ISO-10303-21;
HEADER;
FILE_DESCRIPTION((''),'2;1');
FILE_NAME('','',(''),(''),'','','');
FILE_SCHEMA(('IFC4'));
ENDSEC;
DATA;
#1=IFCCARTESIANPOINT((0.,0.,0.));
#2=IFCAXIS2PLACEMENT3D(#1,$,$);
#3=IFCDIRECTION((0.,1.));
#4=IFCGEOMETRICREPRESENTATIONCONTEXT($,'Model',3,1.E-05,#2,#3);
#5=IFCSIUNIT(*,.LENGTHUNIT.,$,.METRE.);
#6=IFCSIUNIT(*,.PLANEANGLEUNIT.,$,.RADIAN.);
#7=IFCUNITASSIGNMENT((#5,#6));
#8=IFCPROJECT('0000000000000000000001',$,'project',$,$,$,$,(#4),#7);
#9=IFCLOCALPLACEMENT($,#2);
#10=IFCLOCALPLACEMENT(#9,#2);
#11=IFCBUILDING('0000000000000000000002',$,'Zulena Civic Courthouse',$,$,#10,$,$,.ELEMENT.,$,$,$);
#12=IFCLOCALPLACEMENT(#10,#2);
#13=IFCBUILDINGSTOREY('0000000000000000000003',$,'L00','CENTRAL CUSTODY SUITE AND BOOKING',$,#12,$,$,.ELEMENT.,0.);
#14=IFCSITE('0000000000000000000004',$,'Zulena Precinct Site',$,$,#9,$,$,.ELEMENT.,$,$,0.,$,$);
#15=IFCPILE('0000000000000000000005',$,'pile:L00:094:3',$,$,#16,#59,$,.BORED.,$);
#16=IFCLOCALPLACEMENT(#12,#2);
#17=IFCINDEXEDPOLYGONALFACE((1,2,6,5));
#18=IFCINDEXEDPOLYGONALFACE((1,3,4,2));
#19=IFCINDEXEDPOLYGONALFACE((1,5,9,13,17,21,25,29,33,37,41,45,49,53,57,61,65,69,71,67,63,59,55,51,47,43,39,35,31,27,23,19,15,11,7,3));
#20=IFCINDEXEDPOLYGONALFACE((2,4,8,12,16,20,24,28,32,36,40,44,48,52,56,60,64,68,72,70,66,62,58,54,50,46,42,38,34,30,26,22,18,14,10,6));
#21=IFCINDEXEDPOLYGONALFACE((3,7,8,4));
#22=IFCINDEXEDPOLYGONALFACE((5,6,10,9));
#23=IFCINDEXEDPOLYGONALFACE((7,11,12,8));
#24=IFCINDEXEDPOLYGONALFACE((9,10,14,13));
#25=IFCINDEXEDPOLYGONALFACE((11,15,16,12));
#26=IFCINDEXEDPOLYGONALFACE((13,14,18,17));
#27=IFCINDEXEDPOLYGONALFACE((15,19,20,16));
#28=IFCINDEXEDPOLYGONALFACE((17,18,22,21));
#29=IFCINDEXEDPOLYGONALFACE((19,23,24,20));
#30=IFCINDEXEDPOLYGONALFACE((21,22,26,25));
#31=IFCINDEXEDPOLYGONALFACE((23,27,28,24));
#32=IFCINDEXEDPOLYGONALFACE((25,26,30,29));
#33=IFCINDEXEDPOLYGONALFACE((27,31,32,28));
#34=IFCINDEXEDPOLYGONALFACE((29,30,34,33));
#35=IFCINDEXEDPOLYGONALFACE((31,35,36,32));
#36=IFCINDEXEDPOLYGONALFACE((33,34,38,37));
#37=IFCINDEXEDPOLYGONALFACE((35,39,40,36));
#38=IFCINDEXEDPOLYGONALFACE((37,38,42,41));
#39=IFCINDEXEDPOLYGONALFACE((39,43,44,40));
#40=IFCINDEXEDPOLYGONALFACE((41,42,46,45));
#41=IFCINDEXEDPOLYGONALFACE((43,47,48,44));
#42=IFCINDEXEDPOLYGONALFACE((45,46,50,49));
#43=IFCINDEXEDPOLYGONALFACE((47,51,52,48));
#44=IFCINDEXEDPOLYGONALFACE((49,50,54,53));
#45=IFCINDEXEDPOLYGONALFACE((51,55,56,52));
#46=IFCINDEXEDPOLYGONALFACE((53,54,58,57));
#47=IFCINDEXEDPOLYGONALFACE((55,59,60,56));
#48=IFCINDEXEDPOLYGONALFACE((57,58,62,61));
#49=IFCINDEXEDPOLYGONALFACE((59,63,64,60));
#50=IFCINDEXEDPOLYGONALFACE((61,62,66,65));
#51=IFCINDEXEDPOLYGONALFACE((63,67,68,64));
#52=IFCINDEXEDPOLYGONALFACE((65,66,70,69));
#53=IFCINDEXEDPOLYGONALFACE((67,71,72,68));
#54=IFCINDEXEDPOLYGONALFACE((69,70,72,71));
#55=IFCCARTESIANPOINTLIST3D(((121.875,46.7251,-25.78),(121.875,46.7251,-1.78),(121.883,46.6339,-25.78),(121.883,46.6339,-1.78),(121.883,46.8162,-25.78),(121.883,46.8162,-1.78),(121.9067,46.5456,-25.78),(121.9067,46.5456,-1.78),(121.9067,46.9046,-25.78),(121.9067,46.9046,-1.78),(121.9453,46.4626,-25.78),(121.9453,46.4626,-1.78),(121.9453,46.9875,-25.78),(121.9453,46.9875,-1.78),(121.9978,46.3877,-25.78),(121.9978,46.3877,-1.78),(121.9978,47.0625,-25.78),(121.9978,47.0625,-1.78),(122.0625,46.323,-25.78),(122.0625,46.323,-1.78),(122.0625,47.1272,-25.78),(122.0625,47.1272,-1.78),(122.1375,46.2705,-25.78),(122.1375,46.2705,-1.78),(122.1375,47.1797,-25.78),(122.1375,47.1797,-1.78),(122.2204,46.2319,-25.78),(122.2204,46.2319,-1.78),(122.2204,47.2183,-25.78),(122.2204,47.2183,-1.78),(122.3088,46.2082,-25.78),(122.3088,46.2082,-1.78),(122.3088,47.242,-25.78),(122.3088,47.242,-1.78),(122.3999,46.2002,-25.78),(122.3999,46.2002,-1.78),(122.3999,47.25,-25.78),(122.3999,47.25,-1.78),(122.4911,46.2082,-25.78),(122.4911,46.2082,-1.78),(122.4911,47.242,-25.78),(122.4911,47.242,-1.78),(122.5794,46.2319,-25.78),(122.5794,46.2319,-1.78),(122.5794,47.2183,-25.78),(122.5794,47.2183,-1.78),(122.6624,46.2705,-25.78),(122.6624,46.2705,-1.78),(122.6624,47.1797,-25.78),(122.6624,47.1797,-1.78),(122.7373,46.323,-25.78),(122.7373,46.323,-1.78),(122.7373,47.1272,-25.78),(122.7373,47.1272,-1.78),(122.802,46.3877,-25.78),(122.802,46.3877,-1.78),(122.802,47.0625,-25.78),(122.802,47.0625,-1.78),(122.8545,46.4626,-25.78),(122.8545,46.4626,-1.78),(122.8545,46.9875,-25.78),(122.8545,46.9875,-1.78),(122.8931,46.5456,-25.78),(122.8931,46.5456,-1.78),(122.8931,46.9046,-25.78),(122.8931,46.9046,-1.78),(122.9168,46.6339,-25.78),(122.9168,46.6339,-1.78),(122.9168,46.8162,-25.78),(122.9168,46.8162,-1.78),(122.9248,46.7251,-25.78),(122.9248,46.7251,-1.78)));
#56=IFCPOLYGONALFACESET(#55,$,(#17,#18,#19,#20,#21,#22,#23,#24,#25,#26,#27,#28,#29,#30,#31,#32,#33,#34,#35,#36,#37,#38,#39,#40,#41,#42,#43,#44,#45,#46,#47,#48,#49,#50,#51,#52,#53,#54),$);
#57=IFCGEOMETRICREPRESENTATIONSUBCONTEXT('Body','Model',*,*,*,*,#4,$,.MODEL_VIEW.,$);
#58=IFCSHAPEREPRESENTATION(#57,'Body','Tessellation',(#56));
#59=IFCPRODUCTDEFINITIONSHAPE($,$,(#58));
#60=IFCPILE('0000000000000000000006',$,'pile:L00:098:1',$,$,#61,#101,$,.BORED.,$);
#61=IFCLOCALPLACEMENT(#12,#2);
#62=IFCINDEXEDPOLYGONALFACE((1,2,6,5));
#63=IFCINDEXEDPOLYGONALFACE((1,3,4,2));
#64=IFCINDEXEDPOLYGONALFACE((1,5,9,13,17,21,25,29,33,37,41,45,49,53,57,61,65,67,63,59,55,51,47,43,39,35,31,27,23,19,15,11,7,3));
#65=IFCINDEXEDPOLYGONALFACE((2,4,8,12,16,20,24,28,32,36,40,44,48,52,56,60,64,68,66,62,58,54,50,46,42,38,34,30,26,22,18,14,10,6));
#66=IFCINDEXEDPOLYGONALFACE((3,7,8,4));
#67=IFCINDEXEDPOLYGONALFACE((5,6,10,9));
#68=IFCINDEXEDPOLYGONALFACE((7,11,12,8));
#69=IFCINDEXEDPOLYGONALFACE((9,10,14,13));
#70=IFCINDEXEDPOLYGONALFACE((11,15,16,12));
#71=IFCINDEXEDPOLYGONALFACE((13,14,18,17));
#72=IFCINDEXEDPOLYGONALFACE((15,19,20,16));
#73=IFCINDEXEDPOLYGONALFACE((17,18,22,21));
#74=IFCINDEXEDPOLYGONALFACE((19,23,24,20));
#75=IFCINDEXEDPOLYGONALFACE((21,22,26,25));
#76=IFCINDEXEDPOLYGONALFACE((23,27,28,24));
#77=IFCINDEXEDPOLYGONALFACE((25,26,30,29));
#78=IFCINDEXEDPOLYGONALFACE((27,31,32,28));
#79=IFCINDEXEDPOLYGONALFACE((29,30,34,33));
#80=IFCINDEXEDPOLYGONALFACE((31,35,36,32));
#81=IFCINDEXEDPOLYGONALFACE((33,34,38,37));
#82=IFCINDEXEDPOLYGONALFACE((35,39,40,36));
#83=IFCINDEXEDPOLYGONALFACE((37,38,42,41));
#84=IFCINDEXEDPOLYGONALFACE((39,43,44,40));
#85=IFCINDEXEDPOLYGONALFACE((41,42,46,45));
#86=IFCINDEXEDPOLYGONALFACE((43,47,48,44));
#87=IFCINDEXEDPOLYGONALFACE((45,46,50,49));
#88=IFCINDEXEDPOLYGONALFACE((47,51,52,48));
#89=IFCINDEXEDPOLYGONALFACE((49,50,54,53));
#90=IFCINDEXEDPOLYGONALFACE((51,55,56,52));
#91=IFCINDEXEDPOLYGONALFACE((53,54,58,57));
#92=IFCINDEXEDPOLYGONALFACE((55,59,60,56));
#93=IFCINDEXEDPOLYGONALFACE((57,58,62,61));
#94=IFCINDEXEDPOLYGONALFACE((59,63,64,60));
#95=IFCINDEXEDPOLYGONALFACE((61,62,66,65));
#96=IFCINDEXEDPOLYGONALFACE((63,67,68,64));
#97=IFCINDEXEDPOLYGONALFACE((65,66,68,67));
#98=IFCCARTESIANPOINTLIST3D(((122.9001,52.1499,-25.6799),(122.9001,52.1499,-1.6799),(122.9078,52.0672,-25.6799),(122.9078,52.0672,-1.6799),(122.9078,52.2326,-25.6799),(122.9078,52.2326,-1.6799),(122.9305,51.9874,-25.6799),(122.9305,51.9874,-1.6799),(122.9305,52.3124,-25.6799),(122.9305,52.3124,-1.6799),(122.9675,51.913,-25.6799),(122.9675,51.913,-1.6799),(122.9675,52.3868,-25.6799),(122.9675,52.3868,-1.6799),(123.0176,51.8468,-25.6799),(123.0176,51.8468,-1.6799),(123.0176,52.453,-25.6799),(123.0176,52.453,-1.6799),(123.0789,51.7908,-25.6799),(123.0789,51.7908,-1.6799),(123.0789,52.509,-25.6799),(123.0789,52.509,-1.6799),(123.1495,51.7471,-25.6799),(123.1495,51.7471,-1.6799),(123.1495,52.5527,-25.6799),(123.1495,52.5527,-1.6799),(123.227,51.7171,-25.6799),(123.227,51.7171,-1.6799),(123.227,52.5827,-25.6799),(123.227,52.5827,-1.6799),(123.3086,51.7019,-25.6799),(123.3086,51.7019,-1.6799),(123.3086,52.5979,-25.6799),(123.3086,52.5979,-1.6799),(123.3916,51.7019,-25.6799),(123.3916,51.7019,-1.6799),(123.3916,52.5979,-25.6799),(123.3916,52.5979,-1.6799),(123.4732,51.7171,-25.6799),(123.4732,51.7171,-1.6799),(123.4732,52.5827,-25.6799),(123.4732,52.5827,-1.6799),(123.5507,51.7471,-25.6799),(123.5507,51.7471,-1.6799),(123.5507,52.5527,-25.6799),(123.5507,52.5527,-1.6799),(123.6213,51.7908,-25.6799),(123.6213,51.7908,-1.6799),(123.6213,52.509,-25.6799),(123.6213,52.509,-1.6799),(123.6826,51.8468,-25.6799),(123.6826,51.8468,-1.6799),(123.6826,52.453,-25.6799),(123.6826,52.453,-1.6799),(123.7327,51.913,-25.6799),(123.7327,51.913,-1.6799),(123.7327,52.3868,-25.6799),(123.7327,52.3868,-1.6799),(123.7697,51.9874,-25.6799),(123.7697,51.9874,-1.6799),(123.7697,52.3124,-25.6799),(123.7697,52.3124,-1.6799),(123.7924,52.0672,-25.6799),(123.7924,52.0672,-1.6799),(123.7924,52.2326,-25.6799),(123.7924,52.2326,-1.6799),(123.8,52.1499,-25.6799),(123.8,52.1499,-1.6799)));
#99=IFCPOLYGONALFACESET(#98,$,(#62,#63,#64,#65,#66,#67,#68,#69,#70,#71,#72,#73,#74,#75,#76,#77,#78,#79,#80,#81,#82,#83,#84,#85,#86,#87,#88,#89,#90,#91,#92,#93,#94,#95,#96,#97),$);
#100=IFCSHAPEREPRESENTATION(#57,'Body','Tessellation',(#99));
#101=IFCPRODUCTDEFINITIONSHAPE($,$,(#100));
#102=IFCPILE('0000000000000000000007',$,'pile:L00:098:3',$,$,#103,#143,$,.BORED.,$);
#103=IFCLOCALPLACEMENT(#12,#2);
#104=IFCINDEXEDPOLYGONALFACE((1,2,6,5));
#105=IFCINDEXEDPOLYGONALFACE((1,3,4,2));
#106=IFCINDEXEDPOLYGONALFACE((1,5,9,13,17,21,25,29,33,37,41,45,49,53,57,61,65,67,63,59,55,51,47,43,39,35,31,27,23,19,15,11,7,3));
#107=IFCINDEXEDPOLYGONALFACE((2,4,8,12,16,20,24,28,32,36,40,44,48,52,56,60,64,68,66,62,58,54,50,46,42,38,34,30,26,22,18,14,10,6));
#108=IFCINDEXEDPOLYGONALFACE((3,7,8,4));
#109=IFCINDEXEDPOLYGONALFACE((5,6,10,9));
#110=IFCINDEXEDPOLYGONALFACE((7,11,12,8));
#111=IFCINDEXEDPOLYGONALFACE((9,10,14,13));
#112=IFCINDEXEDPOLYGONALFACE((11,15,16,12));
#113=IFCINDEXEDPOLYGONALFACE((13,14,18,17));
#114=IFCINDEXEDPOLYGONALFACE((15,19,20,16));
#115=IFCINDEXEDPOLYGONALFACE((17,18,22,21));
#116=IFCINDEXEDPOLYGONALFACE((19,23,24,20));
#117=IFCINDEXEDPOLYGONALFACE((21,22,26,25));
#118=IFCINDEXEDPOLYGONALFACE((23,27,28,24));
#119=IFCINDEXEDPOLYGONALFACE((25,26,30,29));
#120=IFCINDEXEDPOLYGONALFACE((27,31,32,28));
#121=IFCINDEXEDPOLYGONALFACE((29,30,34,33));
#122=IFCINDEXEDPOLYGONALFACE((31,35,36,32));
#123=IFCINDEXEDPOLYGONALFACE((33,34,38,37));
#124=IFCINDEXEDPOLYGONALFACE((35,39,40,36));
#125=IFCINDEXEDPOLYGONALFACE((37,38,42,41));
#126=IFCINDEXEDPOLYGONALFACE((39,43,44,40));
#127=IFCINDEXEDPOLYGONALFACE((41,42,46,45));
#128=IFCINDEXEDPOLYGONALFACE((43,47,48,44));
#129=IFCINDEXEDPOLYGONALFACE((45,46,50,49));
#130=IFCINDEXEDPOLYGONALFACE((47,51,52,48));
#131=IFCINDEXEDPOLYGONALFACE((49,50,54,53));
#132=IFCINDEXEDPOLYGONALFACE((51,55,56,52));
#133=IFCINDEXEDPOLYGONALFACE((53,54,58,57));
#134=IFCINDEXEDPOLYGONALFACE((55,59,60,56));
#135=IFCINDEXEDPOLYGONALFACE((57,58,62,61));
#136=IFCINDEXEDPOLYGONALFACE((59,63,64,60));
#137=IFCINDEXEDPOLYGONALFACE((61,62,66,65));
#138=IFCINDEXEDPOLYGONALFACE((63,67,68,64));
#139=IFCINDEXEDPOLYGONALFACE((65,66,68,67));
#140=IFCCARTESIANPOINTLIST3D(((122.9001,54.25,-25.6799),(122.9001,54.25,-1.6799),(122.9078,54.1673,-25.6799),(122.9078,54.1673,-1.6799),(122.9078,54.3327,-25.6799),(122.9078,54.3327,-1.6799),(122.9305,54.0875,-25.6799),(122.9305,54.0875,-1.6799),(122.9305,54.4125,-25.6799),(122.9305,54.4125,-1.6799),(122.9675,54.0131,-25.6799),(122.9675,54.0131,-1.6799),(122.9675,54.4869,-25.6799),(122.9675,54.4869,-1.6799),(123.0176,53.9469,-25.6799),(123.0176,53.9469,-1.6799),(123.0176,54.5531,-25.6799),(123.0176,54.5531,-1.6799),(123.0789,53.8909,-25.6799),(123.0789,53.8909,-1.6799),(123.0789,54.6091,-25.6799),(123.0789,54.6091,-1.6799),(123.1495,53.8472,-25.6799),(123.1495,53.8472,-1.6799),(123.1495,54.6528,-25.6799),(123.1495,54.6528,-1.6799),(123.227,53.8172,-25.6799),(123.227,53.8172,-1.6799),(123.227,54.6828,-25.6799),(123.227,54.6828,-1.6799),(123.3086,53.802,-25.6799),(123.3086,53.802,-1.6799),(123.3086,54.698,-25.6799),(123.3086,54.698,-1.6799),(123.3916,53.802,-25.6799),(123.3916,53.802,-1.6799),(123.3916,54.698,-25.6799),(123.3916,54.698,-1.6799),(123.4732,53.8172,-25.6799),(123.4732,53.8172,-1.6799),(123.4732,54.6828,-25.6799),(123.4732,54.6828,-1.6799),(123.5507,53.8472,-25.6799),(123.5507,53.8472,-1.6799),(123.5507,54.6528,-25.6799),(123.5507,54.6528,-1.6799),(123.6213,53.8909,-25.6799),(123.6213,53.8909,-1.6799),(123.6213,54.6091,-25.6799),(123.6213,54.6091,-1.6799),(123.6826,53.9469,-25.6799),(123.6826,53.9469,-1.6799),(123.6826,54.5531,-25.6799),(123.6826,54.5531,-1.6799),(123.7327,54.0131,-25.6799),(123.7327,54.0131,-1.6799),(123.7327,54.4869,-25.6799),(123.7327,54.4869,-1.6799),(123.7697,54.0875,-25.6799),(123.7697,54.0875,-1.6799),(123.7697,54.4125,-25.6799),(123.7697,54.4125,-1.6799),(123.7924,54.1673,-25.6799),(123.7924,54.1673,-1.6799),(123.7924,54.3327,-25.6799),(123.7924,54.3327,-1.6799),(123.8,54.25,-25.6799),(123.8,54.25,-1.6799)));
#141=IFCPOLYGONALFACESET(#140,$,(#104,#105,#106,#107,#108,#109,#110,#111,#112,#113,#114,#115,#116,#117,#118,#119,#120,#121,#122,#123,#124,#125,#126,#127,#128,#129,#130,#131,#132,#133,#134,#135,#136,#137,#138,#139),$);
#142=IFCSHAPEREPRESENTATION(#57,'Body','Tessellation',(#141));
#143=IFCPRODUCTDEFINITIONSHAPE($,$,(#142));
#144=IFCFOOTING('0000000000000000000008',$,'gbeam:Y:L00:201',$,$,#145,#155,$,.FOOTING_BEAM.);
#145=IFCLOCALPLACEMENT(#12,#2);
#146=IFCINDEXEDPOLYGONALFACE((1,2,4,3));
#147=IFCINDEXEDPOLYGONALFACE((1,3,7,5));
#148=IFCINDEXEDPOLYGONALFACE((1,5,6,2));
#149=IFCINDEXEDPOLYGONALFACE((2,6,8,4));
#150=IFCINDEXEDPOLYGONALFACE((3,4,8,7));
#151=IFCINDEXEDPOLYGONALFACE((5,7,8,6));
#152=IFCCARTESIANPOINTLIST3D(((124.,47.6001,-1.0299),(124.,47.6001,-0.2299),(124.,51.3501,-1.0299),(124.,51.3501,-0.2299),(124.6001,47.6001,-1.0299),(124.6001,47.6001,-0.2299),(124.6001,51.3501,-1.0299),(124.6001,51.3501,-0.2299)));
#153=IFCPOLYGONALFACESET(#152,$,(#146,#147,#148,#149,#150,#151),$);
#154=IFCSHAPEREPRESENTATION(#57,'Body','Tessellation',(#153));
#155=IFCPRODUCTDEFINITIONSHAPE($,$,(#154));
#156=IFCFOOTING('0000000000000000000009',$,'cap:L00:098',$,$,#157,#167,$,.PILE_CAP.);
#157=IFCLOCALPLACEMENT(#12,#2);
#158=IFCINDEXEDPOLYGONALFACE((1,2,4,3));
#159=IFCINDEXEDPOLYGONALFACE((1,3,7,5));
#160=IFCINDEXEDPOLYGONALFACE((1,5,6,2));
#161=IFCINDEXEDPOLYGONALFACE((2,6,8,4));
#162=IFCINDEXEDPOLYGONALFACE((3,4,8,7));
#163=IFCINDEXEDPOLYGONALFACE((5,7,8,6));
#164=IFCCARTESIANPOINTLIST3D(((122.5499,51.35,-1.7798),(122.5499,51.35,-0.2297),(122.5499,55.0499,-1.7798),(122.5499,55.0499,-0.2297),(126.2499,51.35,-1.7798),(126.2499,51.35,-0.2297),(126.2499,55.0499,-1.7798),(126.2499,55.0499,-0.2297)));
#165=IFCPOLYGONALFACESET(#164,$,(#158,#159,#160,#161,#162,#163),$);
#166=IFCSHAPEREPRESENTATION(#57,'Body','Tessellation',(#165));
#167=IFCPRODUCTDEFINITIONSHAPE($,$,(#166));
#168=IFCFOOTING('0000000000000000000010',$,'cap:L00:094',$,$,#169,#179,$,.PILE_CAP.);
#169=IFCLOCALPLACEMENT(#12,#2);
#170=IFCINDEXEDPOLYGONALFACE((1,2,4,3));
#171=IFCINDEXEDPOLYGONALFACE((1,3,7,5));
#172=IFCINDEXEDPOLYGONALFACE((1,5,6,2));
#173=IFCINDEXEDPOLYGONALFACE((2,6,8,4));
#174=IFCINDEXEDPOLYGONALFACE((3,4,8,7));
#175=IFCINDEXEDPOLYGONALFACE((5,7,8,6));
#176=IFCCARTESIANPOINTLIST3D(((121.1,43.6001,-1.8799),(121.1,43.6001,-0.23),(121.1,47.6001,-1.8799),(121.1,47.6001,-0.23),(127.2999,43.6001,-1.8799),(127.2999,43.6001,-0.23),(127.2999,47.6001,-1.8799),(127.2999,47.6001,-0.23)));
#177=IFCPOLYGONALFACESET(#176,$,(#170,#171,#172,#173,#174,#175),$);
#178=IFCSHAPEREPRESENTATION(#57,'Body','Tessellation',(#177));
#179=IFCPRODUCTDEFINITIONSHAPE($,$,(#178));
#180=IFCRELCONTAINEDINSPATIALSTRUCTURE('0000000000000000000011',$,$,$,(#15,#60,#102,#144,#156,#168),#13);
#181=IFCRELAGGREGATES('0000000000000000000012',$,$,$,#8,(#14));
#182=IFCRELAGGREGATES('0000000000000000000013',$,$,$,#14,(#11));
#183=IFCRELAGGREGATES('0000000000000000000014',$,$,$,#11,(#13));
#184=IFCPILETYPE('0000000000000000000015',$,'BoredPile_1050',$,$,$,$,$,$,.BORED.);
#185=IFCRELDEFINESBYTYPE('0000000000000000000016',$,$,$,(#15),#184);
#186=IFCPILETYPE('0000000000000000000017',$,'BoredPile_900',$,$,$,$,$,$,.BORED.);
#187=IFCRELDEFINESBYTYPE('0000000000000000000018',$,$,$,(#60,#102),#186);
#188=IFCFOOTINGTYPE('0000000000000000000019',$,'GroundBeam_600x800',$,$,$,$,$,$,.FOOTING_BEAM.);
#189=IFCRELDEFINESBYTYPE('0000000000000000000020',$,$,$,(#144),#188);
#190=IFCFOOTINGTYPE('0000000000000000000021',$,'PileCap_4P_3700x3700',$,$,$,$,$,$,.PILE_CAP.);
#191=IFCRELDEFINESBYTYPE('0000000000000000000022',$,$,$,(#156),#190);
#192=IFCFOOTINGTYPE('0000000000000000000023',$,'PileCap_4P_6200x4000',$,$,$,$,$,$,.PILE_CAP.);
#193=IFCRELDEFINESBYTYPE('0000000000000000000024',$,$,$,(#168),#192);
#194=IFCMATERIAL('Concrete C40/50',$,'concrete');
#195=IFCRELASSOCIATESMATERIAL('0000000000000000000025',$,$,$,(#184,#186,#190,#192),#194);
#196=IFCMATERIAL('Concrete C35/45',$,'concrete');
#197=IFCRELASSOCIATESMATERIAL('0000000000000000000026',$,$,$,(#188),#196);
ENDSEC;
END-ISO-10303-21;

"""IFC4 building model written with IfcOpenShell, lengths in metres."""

from ifc_helpers import new_model, si_unit, direction, frame, origin, origin_2d, place, context, subcontext, project, spatial, rectangle, circle, extrude, material, material_profile, profile_set, type_object, element, save


model = new_model("IFC4")

# Units and contexts
model_context = context("Model", 3, precision=1e-05, world=origin(), true_north=direction((0.0, 1.0)))
body_context = subcontext(model_context, "Body", "Model", "MODEL_VIEW")
ifc_project = project(units=[si_unit("LENGTHUNIT", "METRE"), si_unit("PLANEANGLEUNIT", "RADIAN")], contexts=[model_context])

# Site, building, storey
site_placement = place(None, origin())
site = spatial("IfcSite", under=ifc_project, at=site_placement, Name="Zulena Precinct Site", CompositionType="ELEMENT", RefElevation=0.0)
building_placement = place(site_placement, origin())
building = spatial("IfcBuilding", under=site, at=building_placement, Name="Zulena Civic Courthouse", CompositionType="ELEMENT")
storey_placement = place(building_placement, origin())
storey = spatial("IfcBuildingStorey", under=building, at=storey_placement, Name="L00", Description="CENTRAL CUSTODY SUITE AND BOOKING", CompositionType="ELEMENT", Elevation=0.0)

# Piles
ifc_material_1 = material(Name="Concrete C40/50", Category="concrete")
ifc_material_profile_1 = material_profile(ifc_material_1, circle(Radius=0.5249, at=origin_2d()), Name="PILE1050")
ifc_profile_set_1 = profile_set([ifc_material_profile_1], Name="Concrete C40/50")
pile_type_1 = type_object("IfcPileType", Name="BoredPile_1050", PredefinedType="BORED", material=ifc_profile_set_1)
pile_placement = place(storey_placement, frame((122.3999, 46.7251, -1.78), z_axis=(0.0, 0.0, -1.0), x_axis=(1.0, 0.0, 0.0)))
element("IfcPile", 1, at=pile_placement, inside=storey, type_object=pile_type_1, Name="pile:L00:094:3", PredefinedType="BORED", context=body_context, shape_type="SweptSolid", body=[
    extrude(circle(Radius=0.5249, at=origin_2d()), origin(), (0.0, 0.0, 1.0), 24.0),
])
ifc_material_profile_2 = material_profile(ifc_material_1, circle(Radius=0.45, at=origin_2d()), Name="PILE900")
ifc_profile_set_2 = profile_set([ifc_material_profile_2], Name="Concrete C40/50")
pile_type_2 = type_object("IfcPileType", Name="BoredPile_900", PredefinedType="BORED", material=ifc_profile_set_2)
for number, where, z_axis, x_axis, name in (
    (2, (123.3501, 52.1499, -1.6799), (0.0, 0.0, -1.0), (1.0, 0.0, 0.0), "pile:L00:098:1"),
    (3, (123.3501, 54.25, -1.6799), (0.0, 0.0, -1.0), (1.0, 0.0, 0.0), "pile:L00:098:3"),
):
    element("IfcPile", number, at=place(storey_placement, frame(where, z_axis=z_axis, x_axis=x_axis)), inside=storey, type_object=pile_type_2, Name=name, PredefinedType="BORED", context=body_context, shape_type="SweptSolid", body=[
        extrude(circle(Radius=0.45, at=origin_2d()), origin(), (0.0, 0.0, 1.0), 24.0),
    ])

# Footings
ifc_material_2 = material(Name="Concrete C35/45", Category="concrete")
ifc_material_profile_3 = material_profile(ifc_material_2, rectangle(XDim=0.6001, YDim=0.8, at=origin_2d()), Name="RC600X800")
ifc_profile_set_3 = profile_set([ifc_material_profile_3], Name="Concrete C35/45")
footing_type_1 = type_object("IfcFootingType", Name="GroundBeam_600x800", PredefinedType="FOOTING_BEAM", material=ifc_profile_set_3)
footing_1_placement = place(storey_placement, frame((124.3, 47.6001, -0.6299), z_axis=(0.0, 1.0, 0.0), x_axis=(-1.0, 0.0, 0.0)))
element("IfcFooting", 4, at=footing_1_placement, inside=storey, type_object=footing_type_1, Name="gbeam:Y:L00:201", PredefinedType="FOOTING_BEAM", context=body_context, shape_type="SweptSolid", body=[
    extrude(rectangle(XDim=0.6001, YDim=0.8, at=origin_2d()), origin(), (0.0, 0.0, 1.0), 3.75),
])
footing_type_2 = type_object("IfcFootingType", Name="PileCap_4P_3700x3700", PredefinedType="PILE_CAP", material=ifc_material_1)
footing_2_placement = place(storey_placement, frame((124.3999, 53.2, -1.7798), z_axis=(0.0, 0.0, 1.0), x_axis=(1.0, 0.0, 0.0)))
element("IfcFooting", 5, at=footing_2_placement, inside=storey, type_object=footing_type_2, Name="cap:L00:098", PredefinedType="PILE_CAP", context=body_context, shape_type="SweptSolid", body=[
    extrude(rectangle(XDim=3.7, YDim=3.7, at=origin_2d()), origin(), (0.0, 0.0, 1.0), 1.55),
])
footing_type_3 = type_object("IfcFootingType", Name="PileCap_4P_6200x4000", PredefinedType="PILE_CAP", material=ifc_material_1)
footing_3_placement = place(storey_placement, frame((124.2, 45.6001, -1.8799), z_axis=(0.0, 0.0, 1.0), x_axis=(1.0, 0.0, 0.0)))
element("IfcFooting", 6, at=footing_3_placement, inside=storey, type_object=footing_type_3, Name="cap:L00:094", PredefinedType="PILE_CAP", context=body_context, shape_type="SweptSolid", body=[
    extrude(rectangle(XDim=6.2, YDim=4.0, at=origin_2d()), origin(), (0.0, 0.0, 1.0), 1.6499),
])

save(model, "model.ifc")
